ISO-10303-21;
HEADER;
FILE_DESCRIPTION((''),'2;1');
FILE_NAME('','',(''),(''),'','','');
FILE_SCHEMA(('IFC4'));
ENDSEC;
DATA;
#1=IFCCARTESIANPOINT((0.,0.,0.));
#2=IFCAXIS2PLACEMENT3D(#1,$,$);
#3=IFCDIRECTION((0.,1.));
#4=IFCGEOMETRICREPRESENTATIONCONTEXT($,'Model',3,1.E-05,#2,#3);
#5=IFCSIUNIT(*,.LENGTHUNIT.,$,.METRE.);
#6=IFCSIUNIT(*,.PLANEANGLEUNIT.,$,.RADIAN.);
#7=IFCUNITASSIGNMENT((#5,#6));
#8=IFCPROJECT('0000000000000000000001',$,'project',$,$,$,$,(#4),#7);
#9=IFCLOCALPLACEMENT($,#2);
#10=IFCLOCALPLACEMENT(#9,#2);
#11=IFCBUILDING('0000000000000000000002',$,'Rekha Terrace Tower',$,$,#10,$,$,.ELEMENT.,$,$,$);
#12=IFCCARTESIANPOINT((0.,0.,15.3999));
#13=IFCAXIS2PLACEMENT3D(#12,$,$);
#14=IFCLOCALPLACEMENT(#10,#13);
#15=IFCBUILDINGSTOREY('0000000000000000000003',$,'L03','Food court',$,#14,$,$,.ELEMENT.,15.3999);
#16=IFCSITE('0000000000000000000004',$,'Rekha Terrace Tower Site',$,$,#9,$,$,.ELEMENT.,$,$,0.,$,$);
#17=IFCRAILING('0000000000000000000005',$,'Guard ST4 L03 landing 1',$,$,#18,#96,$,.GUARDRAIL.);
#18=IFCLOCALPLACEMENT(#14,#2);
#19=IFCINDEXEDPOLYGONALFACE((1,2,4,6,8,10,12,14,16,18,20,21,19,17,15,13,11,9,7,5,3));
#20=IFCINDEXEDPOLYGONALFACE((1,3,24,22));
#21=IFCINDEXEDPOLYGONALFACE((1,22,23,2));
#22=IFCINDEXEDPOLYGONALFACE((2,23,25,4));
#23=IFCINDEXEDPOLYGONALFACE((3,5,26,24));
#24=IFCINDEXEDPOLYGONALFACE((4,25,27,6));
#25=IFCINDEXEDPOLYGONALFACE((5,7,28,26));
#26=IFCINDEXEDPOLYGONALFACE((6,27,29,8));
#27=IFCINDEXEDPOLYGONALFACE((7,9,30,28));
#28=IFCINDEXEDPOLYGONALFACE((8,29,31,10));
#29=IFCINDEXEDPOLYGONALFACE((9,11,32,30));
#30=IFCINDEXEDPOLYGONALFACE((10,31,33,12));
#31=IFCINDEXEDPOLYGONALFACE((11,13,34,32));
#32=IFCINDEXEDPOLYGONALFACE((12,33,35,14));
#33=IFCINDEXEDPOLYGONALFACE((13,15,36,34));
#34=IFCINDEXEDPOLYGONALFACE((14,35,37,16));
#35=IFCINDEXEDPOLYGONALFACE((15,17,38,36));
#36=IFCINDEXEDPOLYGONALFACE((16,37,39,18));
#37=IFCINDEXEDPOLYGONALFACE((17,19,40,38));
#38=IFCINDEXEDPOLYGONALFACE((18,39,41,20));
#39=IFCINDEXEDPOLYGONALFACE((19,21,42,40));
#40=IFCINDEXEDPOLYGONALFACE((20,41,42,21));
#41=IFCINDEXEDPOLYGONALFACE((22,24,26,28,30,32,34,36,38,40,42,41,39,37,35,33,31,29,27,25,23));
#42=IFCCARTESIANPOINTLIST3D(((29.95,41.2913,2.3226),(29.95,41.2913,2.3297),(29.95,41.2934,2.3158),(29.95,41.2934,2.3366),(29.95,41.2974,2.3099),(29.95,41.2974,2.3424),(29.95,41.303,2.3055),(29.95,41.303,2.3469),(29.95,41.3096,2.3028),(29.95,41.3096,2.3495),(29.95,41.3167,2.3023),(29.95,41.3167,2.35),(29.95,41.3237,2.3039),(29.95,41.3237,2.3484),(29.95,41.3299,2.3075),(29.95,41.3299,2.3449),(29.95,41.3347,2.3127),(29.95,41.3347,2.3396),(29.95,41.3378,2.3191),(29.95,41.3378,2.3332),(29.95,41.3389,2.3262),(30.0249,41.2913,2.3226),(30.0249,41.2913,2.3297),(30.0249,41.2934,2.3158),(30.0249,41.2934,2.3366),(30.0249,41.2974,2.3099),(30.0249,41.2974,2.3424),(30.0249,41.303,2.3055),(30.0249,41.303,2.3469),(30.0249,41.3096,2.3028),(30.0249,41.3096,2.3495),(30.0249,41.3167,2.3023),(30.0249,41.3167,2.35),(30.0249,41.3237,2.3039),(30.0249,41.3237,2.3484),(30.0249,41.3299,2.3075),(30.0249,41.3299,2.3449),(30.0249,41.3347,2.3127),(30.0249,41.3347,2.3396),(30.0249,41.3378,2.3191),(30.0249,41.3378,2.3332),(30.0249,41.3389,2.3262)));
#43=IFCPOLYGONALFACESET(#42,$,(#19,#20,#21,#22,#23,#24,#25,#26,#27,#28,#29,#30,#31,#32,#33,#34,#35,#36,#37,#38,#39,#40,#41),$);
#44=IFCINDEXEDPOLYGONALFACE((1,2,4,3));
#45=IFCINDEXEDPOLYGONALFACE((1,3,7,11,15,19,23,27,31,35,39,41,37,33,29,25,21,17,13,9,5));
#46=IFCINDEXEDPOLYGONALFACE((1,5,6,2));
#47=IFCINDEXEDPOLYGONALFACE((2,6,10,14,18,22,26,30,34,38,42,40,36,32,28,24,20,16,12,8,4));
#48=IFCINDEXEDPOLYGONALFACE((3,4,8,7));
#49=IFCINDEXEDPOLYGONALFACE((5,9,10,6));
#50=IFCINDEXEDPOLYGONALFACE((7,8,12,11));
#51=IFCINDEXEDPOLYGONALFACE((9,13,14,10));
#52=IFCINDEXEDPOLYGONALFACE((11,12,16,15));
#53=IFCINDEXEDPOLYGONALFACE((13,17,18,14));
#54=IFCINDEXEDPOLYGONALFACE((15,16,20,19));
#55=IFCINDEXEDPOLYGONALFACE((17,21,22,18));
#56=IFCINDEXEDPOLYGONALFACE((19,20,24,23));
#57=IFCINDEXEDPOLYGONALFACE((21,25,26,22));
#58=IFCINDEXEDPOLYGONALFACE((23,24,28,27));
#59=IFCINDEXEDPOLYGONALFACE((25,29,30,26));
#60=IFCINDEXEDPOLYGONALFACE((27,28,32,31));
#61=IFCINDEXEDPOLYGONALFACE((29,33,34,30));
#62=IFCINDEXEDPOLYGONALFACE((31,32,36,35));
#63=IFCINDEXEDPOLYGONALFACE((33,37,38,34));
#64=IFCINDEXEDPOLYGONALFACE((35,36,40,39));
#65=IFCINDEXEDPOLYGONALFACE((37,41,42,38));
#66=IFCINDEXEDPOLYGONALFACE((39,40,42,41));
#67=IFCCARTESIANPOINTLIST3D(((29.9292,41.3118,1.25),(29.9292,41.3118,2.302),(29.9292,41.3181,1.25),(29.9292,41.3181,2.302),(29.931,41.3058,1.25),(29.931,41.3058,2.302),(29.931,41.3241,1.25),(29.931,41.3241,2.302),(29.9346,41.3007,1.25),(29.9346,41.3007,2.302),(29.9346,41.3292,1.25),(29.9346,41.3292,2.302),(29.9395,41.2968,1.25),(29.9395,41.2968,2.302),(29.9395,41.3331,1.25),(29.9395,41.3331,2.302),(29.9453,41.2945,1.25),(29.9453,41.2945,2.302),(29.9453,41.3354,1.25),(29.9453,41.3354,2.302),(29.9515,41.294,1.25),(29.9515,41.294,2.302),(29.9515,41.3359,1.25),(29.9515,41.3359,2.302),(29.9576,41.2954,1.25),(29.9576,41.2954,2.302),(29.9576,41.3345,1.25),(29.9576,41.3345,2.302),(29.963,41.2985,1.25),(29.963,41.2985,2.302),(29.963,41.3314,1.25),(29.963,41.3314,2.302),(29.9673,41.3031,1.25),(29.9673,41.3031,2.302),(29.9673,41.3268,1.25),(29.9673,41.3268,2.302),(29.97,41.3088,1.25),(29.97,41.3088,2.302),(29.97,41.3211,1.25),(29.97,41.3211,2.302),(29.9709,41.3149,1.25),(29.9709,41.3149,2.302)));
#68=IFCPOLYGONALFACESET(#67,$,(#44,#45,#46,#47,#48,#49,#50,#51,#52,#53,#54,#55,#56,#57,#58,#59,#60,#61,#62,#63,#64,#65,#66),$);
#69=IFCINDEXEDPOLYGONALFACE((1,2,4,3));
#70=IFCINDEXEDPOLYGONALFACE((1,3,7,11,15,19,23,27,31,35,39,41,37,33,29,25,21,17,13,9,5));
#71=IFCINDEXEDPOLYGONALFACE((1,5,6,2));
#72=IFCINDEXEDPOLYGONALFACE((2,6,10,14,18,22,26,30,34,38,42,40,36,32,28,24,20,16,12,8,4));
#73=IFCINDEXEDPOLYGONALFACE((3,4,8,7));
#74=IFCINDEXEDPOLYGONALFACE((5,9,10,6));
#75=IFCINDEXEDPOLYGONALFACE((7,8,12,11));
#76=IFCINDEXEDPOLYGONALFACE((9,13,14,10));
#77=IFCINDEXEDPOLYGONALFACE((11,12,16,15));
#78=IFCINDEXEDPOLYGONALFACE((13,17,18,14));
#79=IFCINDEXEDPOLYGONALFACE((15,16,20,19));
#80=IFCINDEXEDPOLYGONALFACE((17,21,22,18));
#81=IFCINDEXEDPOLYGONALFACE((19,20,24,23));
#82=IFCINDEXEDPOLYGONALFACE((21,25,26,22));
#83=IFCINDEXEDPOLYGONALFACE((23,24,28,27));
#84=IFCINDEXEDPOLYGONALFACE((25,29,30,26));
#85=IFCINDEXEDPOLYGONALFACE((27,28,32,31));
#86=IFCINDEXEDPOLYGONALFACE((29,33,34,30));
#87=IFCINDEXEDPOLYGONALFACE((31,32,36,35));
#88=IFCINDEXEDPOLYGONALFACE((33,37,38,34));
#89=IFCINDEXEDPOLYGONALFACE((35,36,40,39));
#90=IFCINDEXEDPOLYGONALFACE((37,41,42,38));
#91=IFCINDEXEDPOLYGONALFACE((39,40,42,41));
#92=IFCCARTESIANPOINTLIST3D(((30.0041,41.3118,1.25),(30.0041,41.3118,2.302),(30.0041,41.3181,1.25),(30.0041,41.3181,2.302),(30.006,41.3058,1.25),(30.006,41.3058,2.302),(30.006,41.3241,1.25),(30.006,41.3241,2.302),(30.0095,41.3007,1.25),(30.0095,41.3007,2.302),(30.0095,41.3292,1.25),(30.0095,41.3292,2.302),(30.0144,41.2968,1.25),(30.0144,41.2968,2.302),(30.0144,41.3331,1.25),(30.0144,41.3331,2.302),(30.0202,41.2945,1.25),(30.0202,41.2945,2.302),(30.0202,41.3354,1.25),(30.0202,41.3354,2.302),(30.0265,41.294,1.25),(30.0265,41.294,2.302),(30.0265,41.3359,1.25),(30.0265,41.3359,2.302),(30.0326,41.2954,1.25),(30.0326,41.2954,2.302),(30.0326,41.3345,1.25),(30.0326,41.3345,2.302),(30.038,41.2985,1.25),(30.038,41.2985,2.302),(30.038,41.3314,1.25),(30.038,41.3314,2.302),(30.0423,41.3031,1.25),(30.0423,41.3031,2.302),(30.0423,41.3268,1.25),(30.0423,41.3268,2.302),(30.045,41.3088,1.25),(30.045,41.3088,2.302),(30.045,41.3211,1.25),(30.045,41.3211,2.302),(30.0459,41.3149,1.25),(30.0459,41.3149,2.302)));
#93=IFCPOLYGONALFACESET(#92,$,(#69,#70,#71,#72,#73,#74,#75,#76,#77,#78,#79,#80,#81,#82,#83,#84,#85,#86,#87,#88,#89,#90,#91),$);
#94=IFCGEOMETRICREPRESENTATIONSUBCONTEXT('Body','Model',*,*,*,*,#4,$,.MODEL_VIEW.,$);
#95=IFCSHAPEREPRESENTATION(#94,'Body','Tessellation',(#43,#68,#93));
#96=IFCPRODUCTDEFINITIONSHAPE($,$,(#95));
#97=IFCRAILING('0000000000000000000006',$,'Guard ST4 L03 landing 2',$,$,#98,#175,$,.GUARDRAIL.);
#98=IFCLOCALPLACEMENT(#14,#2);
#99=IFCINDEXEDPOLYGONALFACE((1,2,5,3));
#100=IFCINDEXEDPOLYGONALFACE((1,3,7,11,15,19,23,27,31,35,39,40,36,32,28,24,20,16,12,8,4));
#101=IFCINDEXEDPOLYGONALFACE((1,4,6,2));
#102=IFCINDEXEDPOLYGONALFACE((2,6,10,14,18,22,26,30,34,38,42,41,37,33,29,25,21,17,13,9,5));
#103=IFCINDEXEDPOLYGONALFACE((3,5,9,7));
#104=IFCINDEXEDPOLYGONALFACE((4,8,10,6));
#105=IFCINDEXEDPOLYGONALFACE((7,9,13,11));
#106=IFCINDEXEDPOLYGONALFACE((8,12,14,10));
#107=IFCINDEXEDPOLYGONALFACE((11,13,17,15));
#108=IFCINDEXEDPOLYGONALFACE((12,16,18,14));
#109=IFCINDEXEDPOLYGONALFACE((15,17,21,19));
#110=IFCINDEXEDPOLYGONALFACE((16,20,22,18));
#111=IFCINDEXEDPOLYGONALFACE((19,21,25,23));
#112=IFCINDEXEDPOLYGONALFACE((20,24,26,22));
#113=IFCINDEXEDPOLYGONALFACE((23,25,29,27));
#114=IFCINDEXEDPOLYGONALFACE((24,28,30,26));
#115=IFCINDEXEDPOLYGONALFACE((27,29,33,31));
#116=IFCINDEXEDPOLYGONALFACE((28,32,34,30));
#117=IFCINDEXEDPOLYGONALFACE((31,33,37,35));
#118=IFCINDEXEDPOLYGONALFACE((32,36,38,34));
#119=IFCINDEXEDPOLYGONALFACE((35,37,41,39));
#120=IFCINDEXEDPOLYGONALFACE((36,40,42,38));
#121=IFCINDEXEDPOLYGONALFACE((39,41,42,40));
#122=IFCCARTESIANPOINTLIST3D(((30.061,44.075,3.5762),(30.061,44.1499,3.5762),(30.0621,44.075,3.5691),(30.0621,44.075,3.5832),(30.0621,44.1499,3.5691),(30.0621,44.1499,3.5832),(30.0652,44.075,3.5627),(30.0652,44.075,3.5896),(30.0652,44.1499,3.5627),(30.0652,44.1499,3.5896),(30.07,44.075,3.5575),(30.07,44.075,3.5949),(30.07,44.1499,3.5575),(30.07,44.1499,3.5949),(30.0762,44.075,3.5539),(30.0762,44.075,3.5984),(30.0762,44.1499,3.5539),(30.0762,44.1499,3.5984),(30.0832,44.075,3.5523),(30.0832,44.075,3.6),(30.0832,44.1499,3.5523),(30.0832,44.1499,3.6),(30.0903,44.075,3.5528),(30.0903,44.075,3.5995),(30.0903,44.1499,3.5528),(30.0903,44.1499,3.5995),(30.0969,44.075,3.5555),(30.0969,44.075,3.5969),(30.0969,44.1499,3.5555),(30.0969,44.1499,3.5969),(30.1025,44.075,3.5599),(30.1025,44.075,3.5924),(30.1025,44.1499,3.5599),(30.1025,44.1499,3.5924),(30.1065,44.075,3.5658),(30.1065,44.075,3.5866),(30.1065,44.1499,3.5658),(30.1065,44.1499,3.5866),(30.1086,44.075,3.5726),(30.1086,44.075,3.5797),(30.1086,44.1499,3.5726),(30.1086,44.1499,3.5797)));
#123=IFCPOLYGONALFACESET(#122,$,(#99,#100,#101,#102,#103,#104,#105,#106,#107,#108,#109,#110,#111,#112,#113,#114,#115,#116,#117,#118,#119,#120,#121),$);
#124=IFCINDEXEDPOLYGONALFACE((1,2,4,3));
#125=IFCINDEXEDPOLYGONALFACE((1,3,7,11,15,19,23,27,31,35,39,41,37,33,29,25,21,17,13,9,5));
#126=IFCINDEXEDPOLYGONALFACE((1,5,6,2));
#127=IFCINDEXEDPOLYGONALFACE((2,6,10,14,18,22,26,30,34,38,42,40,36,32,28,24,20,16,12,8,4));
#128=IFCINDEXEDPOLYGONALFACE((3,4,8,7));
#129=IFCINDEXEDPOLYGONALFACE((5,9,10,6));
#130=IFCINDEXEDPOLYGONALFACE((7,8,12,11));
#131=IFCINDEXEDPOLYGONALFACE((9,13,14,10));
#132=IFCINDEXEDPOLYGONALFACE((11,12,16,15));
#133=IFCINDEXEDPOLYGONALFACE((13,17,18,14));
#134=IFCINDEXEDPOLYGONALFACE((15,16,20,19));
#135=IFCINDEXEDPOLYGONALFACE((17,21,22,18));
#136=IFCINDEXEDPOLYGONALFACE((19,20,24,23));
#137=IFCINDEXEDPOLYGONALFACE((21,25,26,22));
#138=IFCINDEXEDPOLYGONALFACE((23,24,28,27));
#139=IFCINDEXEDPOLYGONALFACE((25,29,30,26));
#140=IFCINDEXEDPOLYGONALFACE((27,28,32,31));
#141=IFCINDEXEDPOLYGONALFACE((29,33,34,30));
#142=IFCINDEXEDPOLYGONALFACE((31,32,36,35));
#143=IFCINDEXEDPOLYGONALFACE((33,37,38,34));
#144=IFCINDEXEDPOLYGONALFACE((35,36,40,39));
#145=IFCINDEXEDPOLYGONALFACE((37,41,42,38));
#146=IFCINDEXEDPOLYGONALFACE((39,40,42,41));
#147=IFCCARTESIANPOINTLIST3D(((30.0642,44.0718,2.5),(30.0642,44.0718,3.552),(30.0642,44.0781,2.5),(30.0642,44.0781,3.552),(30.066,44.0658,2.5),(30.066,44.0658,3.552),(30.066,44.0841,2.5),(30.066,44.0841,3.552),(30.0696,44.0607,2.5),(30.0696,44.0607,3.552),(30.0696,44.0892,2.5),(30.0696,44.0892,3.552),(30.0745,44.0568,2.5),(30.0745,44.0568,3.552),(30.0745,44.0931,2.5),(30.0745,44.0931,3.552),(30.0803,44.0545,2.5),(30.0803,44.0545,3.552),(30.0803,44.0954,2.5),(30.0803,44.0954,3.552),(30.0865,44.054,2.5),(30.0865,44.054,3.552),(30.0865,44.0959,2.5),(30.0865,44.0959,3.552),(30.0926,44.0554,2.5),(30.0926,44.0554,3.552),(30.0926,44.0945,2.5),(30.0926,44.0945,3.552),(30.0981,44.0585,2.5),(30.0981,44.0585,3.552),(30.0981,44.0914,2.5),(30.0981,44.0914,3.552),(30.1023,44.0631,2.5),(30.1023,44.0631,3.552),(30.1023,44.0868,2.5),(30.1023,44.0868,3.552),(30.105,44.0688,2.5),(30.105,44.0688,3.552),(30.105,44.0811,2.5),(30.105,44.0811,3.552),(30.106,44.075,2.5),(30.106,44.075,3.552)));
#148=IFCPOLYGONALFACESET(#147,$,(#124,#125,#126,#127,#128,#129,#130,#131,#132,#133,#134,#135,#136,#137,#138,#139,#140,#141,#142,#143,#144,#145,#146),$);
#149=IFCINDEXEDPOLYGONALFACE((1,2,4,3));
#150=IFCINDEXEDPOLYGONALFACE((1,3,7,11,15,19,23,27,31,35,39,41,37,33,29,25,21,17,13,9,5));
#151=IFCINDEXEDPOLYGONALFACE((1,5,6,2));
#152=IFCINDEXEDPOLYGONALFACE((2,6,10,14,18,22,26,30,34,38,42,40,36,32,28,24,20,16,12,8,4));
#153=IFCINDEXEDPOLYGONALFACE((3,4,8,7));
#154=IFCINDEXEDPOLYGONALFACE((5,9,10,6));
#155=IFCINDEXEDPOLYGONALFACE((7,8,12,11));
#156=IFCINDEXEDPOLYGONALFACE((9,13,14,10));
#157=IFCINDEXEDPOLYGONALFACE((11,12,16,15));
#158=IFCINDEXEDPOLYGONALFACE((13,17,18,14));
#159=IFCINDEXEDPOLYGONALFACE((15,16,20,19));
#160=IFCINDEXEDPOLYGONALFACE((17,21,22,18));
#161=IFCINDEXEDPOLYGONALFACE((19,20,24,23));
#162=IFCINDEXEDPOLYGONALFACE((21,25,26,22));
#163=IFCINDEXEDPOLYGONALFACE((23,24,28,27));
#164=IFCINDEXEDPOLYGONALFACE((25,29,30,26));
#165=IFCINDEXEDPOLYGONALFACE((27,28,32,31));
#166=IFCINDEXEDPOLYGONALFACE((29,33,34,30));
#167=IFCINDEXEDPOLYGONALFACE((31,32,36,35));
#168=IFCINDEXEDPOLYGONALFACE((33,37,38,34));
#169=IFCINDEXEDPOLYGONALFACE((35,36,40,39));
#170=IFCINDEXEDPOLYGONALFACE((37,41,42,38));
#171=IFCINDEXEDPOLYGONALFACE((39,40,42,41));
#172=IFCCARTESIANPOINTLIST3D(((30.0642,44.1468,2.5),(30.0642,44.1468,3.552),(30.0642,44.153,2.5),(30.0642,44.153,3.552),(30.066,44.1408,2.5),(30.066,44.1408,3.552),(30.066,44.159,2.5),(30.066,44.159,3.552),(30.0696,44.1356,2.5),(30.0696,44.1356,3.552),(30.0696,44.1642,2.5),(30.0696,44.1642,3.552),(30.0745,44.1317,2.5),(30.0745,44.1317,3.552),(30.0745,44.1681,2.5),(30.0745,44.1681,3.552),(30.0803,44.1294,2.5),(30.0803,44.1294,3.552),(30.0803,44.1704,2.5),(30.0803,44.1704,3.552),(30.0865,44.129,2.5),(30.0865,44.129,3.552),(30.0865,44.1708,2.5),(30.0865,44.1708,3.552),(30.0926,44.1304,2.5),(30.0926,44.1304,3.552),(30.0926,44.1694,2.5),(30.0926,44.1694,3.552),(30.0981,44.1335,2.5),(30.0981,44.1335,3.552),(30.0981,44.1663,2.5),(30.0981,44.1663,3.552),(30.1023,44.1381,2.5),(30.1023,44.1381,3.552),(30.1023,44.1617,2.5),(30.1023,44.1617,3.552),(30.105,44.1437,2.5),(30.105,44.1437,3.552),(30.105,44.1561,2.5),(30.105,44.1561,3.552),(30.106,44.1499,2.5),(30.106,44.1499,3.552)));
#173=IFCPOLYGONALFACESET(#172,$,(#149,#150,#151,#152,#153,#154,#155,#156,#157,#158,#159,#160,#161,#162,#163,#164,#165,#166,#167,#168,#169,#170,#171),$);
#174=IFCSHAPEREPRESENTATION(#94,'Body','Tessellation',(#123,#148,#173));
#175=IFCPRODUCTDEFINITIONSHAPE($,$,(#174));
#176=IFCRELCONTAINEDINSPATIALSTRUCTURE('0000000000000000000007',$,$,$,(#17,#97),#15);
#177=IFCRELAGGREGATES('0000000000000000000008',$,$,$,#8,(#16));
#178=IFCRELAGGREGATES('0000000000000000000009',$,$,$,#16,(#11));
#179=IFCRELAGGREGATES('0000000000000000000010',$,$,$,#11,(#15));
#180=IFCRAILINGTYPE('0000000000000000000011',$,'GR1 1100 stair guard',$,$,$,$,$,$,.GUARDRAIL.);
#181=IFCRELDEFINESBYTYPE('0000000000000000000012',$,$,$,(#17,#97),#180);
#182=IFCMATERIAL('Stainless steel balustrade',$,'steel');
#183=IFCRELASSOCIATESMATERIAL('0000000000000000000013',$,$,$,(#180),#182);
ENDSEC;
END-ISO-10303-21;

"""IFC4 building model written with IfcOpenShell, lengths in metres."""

from ifc_helpers import new_model, si_unit, direction, frame, origin, origin_2d, place, context, subcontext, project, spatial, circle, extrude, material, type_object, element, save


model = new_model("IFC4")

# Units and contexts
model_context = context("Model", 3, precision=1e-05, world=origin(), true_north=direction((0.0, 1.0)))
body_context = subcontext(model_context, "Body", "Model", "MODEL_VIEW")
ifc_project = project(units=[si_unit("LENGTHUNIT", "METRE"), si_unit("PLANEANGLEUNIT", "RADIAN")], contexts=[model_context])

# Site, building, storey
site_placement = place(None, origin())
site = spatial("IfcSite", under=ifc_project, at=site_placement, Name="Rekha Terrace Tower Site", CompositionType="ELEMENT", RefElevation=0.0)
building_placement = place(site_placement, origin())
building = spatial("IfcBuilding", under=site, at=building_placement, Name="Rekha Terrace Tower", CompositionType="ELEMENT")
storey_placement = place(building_placement, frame((0.0, 0.0, 15.3999)))
storey = spatial("IfcBuildingStorey", under=building, at=storey_placement, Name="L03", Description="Food court", CompositionType="ELEMENT", Elevation=15.3999)

# Railings
ifc_material_1 = material(Name="Stainless steel balustrade", Category="steel")
railing_type_1 = type_object("IfcRailingType", Name="GR1 1100 stair guard", PredefinedType="GUARDRAIL", material=ifc_material_1)
railing_1_placement = place(storey_placement, frame((29.95, 41.3149, 1.25)))
element("IfcRailing", 1, at=railing_1_placement, inside=storey, type_object=railing_type_1, Name="Guard ST4 L03 landing 1", PredefinedType="GUARDRAIL", context=body_context, shape_type="SweptSolid", body=[
    extrude(circle(Radius=0.0239, at=origin_2d()), frame((0.0, 0.0, 1.0762), z_axis=(1.0, 0.0, 0.0), x_axis=(0.0, 1.0, 0.0)), (0.0, 0.0, 1.0), 0.075),
    extrude(circle(Radius=0.021, at=origin_2d()), origin(), (0.0, 0.0, 1.0), 1.052),
    extrude(circle(Radius=0.021, at=origin_2d()), frame((0.075, 0.0, 0.0)), (0.0, 0.0, 1.0), 1.052),
])
railing_2_placement = place(storey_placement, frame((30.085, 44.075, 2.5)))
element("IfcRailing", 2, at=railing_2_placement, inside=storey, type_object=railing_type_1, Name="Guard ST4 L03 landing 2", PredefinedType="GUARDRAIL", context=body_context, shape_type="SweptSolid", body=[
    extrude(circle(Radius=0.0239, at=origin_2d()), frame((0.0, 0.0, 1.0762), z_axis=(0.0, 1.0, 0.0), x_axis=(-1.0, 0.0, 0.0)), (0.0, 0.0, 1.0), 0.075),
    extrude(circle(Radius=0.021, at=origin_2d()), origin(), (0.0, 0.0, 1.0), 1.052),
    extrude(circle(Radius=0.021, at=origin_2d()), frame((0.0, 0.075, 0.0)), (0.0, 0.0, 1.0), 1.052),
])

save(model, "model.ifc")
